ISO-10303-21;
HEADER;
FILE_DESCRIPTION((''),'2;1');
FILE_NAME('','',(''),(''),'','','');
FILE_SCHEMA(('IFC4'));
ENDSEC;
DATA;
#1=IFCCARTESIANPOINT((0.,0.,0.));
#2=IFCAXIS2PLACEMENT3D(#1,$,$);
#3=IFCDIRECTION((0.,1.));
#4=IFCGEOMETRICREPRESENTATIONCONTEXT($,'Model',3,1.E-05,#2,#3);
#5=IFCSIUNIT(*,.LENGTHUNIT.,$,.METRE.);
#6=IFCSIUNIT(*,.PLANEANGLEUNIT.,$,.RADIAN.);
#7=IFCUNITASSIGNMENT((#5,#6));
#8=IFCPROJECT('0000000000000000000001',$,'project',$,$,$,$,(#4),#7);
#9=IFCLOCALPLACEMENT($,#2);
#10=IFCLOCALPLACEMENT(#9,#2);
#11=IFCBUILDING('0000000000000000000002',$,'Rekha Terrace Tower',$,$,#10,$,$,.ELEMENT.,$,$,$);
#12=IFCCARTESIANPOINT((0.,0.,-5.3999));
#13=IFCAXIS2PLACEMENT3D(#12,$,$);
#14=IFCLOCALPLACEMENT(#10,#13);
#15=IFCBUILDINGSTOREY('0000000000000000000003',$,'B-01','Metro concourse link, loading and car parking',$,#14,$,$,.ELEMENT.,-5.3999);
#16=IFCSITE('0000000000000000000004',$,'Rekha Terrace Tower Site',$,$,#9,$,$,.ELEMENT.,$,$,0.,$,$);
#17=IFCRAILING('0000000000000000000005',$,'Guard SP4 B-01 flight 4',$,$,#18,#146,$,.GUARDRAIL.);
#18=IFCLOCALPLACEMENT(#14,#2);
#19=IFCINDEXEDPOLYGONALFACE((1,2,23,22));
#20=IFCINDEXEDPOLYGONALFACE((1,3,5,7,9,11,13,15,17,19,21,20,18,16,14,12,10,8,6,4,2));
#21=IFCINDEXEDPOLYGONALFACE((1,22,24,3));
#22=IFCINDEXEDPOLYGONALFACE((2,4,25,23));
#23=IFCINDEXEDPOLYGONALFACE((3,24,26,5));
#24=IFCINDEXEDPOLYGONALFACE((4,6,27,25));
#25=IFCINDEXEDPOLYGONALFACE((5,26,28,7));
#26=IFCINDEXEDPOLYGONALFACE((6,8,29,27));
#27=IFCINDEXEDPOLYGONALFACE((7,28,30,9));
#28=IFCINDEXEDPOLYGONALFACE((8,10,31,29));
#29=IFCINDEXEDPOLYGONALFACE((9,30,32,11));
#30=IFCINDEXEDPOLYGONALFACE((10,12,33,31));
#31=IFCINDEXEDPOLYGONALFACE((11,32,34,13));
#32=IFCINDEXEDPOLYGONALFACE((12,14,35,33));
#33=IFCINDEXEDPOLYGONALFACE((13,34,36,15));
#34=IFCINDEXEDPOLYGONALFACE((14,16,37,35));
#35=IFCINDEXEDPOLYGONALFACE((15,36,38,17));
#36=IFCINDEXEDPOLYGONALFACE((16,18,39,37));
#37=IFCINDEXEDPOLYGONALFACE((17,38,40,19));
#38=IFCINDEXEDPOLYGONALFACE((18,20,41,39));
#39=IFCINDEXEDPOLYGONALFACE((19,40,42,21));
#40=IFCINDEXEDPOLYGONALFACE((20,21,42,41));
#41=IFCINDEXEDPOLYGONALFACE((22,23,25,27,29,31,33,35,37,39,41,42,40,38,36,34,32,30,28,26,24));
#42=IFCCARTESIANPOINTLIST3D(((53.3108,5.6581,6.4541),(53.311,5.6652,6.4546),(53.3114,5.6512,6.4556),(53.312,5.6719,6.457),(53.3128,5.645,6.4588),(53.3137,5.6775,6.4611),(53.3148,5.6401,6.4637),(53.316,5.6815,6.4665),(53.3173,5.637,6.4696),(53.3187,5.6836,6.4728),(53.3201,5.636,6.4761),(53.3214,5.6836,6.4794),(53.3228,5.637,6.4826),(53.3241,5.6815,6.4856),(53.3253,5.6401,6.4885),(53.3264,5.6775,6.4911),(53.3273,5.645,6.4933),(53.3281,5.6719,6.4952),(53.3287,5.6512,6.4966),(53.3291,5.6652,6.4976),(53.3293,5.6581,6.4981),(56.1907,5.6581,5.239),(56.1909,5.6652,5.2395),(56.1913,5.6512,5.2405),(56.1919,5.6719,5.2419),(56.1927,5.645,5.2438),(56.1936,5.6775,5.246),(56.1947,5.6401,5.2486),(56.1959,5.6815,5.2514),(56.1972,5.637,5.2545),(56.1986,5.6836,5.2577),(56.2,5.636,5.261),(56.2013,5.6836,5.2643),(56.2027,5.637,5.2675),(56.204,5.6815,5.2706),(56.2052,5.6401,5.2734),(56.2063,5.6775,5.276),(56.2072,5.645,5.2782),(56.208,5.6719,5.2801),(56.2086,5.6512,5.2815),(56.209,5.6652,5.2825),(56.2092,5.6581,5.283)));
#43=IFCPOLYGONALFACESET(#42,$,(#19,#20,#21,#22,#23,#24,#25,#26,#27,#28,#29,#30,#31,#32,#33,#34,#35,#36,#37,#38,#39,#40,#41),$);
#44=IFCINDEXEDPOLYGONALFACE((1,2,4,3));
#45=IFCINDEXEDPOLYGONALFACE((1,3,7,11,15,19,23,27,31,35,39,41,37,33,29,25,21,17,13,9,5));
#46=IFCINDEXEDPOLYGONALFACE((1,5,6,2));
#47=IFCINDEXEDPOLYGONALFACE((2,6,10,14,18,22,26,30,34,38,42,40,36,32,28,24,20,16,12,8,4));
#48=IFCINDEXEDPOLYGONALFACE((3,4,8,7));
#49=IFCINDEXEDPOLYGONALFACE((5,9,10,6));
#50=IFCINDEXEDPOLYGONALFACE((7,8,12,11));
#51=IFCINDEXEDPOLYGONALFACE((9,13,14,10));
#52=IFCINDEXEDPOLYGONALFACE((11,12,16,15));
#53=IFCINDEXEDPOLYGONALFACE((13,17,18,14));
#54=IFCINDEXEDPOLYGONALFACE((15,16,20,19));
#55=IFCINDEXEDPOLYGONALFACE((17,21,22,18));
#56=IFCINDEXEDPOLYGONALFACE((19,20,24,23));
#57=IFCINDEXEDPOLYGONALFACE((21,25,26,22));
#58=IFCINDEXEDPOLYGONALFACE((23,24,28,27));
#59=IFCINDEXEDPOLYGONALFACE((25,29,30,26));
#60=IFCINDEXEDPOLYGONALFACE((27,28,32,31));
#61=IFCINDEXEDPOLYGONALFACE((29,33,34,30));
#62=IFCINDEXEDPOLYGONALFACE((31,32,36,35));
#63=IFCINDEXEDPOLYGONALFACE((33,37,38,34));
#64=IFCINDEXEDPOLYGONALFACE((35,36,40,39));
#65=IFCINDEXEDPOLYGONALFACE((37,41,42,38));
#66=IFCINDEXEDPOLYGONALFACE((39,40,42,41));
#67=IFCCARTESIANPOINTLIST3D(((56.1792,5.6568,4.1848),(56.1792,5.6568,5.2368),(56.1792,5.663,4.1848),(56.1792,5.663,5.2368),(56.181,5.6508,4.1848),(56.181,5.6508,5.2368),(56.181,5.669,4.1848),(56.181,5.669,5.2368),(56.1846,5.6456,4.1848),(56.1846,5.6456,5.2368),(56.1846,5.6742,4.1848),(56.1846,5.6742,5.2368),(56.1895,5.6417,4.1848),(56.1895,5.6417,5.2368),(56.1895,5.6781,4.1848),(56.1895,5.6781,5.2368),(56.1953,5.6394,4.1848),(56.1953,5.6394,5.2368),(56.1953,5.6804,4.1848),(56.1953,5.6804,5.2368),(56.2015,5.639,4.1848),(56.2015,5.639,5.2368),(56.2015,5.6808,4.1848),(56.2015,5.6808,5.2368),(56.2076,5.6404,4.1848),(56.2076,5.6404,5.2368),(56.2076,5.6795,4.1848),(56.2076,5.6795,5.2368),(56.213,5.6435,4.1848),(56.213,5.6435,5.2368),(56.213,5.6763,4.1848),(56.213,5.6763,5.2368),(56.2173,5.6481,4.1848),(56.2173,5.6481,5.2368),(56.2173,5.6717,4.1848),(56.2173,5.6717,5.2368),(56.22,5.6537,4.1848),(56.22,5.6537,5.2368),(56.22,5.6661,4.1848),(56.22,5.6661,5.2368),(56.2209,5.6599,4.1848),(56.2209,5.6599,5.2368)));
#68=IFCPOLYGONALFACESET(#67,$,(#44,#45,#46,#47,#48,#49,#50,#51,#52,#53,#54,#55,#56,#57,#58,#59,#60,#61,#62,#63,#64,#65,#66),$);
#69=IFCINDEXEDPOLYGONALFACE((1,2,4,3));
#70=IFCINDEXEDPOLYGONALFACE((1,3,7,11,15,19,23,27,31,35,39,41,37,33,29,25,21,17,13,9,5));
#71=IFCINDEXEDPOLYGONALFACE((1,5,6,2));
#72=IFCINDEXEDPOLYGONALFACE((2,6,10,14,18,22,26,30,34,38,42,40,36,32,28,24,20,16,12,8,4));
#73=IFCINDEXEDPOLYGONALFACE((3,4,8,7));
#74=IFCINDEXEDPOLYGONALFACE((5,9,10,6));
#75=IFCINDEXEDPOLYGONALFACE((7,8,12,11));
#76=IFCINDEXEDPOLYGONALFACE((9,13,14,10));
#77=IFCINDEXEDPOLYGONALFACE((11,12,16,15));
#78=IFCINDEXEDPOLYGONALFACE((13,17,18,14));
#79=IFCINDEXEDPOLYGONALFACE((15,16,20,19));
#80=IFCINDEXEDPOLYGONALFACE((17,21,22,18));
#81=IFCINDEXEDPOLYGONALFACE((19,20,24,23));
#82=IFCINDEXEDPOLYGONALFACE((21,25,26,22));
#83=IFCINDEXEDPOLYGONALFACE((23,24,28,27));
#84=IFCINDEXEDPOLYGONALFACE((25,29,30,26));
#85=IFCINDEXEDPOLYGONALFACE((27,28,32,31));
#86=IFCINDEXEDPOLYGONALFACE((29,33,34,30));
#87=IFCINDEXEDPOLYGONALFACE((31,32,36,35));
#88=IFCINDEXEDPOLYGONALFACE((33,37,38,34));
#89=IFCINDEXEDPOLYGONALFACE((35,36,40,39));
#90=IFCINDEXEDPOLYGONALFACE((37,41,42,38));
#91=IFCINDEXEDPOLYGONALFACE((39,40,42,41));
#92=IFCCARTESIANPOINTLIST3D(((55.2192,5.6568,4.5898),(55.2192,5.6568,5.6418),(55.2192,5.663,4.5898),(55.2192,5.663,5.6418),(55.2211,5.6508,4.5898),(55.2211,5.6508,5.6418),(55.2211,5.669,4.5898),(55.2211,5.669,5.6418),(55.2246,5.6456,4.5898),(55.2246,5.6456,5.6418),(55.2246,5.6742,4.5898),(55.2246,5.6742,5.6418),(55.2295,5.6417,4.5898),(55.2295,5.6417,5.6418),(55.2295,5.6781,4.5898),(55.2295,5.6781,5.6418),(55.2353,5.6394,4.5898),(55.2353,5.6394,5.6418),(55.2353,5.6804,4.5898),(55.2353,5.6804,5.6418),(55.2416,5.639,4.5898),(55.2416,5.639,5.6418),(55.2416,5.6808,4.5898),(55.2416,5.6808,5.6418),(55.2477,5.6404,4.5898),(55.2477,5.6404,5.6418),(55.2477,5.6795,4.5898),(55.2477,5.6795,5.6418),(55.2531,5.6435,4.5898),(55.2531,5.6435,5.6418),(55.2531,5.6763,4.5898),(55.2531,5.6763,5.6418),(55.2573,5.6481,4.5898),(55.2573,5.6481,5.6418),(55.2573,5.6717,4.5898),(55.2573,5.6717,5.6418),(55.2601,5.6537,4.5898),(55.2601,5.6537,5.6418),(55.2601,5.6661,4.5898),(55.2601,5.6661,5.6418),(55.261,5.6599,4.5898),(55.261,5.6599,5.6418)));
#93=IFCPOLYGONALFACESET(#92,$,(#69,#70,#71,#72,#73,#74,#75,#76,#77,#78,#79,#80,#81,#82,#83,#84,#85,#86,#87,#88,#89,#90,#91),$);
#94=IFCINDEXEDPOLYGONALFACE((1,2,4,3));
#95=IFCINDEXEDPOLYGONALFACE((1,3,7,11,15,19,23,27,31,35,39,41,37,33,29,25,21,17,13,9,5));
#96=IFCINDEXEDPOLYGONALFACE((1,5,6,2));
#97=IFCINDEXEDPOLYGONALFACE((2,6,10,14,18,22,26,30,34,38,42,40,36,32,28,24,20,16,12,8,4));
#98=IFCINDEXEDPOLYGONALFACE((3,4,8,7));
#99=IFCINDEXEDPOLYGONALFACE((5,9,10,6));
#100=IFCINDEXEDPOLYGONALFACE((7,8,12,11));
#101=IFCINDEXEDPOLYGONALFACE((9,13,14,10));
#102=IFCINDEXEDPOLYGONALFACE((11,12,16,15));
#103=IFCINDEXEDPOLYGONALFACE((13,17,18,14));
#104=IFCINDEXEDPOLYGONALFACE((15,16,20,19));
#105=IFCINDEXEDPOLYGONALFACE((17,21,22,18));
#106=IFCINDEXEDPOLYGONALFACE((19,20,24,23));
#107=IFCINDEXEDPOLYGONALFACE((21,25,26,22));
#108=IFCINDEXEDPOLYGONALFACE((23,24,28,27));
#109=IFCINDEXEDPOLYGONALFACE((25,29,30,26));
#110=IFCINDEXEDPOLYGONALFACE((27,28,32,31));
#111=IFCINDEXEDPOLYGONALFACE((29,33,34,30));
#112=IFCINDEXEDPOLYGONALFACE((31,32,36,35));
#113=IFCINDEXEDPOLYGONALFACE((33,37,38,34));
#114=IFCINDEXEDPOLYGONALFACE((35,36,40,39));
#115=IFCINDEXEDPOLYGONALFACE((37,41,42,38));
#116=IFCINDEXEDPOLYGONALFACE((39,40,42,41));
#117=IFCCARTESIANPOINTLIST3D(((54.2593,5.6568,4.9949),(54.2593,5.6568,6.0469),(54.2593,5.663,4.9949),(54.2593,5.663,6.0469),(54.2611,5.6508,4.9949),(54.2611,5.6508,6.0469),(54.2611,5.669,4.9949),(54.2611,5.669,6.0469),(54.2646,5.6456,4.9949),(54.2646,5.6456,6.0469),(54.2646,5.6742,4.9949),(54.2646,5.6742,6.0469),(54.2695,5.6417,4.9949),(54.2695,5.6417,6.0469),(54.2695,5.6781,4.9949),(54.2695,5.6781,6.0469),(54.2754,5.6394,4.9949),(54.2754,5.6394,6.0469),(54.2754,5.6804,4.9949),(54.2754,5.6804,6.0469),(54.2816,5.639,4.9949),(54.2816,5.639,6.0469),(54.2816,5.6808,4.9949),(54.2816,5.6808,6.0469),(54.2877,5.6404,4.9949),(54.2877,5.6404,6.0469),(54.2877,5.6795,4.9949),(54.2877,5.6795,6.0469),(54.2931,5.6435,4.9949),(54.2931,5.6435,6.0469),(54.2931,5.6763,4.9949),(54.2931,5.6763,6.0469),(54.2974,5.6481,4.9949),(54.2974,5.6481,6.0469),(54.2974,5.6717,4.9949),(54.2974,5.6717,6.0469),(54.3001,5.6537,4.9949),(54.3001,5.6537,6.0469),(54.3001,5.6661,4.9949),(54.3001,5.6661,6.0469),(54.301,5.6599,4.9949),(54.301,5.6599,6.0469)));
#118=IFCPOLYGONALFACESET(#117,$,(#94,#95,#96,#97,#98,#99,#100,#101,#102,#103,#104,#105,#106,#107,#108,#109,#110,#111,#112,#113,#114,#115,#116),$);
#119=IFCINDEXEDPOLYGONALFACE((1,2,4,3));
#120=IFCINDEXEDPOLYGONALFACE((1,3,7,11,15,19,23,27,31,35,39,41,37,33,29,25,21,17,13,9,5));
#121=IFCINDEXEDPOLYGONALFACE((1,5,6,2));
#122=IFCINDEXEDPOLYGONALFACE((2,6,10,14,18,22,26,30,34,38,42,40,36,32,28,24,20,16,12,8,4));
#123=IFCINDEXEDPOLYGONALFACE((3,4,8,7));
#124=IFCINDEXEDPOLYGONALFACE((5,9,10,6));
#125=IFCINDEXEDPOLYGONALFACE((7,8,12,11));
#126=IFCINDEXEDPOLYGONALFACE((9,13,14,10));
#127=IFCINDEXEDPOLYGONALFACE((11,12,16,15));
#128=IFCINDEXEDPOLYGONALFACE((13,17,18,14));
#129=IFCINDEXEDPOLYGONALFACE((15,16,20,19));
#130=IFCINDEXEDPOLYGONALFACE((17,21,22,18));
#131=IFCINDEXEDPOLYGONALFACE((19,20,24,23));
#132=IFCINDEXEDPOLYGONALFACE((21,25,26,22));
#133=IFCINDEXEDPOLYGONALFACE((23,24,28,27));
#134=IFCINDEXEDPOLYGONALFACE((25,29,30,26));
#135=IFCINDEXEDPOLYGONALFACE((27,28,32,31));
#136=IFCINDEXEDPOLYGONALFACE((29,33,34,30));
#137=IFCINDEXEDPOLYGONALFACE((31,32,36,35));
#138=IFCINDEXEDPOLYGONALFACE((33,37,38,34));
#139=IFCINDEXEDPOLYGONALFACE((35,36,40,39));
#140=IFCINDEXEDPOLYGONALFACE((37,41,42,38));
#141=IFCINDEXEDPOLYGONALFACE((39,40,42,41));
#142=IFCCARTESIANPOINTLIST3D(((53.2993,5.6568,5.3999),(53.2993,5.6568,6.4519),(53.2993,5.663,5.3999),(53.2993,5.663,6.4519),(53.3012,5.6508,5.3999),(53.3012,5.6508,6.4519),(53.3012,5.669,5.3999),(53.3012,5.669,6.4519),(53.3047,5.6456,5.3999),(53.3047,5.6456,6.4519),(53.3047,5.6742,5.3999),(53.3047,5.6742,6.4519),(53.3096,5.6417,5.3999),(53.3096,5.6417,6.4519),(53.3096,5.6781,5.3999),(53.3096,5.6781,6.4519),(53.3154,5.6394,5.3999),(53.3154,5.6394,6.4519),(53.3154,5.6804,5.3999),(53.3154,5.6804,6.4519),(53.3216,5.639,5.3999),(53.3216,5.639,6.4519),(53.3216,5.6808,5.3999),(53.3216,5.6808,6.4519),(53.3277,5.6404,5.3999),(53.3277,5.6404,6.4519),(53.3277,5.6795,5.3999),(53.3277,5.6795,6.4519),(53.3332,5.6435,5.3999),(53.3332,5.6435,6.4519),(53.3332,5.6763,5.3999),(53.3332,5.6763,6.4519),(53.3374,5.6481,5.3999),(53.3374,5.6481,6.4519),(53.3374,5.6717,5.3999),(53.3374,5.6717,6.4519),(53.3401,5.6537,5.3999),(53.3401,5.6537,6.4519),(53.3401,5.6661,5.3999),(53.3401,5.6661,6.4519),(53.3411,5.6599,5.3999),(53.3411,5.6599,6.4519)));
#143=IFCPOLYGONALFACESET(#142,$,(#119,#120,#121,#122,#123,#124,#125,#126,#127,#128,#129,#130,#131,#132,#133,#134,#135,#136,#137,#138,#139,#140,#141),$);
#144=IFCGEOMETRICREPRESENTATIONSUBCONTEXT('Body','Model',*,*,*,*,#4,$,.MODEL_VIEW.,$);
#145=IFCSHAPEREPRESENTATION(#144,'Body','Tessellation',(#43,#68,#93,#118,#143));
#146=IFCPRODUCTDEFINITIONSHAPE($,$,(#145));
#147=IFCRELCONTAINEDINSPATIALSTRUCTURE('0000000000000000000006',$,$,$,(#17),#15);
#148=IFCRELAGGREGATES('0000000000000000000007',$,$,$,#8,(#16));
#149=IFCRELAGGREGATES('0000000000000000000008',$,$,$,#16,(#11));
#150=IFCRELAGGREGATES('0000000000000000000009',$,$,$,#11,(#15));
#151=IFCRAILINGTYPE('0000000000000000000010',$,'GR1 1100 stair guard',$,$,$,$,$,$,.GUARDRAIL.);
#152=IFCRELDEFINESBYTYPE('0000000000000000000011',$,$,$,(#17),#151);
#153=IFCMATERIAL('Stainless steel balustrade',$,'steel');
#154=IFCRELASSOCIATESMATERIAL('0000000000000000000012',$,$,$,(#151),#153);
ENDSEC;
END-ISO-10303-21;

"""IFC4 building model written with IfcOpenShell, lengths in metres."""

from ifc_helpers import new_model, si_unit, direction, frame, origin, origin_2d, place, context, subcontext, project, spatial, circle, extrude, material, type_object, element, save


model = new_model("IFC4")

# Units and contexts
model_context = context("Model", 3, precision=1e-05, world=origin(), true_north=direction((0.0, 1.0)))
body_context = subcontext(model_context, "Body", "Model", "MODEL_VIEW")
ifc_project = project(units=[si_unit("LENGTHUNIT", "METRE"), si_unit("PLANEANGLEUNIT", "RADIAN")], contexts=[model_context])

# Site, building, storey
site_placement = place(None, origin())
site = spatial("IfcSite", under=ifc_project, at=site_placement, Name="Rekha Terrace Tower Site", CompositionType="ELEMENT", RefElevation=0.0)
building_placement = place(site_placement, origin())
building = spatial("IfcBuilding", under=site, at=building_placement, Name="Rekha Terrace Tower", CompositionType="ELEMENT")
storey_placement = place(building_placement, frame((0.0, 0.0, -5.3999)))
storey = spatial("IfcBuildingStorey", under=building, at=storey_placement, Name="B-01", Description="Metro concourse link, loading and car parking", CompositionType="ELEMENT", Elevation=-5.3999)

# Railing
ifc_material_1 = material(Name="Stainless steel balustrade", Category="steel")
railing_type_1 = type_object("IfcRailingType", Name="GR1 1100 stair guard", PredefinedType="GUARDRAIL", material=ifc_material_1)
railing_1_placement = place(storey_placement, frame((56.2, 5.6599, 4.1848)))
element("IfcRailing", 1, at=railing_1_placement, inside=storey, type_object=railing_type_1, Name="Guard SP4 B-01 flight 4", PredefinedType="GUARDRAIL", context=body_context, shape_type="SweptSolid", body=[
    extrude(circle(Radius=0.0239, at=origin_2d()), frame((0.0, 0.0, 1.0762), z_axis=(-0.921348, 0.0, 0.388738), x_axis=(0.0, -1.0, 0.0)), (0.0, 0.0, 1.0), 3.1257),
    extrude(circle(Radius=0.021, at=origin_2d()), origin(), (0.0, 0.0, 1.0), 1.052),
    extrude(circle(Radius=0.021, at=origin_2d()), frame((-0.96, 0.0, 0.405)), (0.0, 0.0, 1.0), 1.052),
    extrude(circle(Radius=0.021, at=origin_2d()), frame((-1.9199, 0.0, 0.8101)), (0.0, 0.0, 1.0), 1.052),
    extrude(circle(Radius=0.021, at=origin_2d()), frame((-2.8799, 0.0, 1.2151)), (0.0, 0.0, 1.0), 1.052),
])

save(model, "model.ifc")
